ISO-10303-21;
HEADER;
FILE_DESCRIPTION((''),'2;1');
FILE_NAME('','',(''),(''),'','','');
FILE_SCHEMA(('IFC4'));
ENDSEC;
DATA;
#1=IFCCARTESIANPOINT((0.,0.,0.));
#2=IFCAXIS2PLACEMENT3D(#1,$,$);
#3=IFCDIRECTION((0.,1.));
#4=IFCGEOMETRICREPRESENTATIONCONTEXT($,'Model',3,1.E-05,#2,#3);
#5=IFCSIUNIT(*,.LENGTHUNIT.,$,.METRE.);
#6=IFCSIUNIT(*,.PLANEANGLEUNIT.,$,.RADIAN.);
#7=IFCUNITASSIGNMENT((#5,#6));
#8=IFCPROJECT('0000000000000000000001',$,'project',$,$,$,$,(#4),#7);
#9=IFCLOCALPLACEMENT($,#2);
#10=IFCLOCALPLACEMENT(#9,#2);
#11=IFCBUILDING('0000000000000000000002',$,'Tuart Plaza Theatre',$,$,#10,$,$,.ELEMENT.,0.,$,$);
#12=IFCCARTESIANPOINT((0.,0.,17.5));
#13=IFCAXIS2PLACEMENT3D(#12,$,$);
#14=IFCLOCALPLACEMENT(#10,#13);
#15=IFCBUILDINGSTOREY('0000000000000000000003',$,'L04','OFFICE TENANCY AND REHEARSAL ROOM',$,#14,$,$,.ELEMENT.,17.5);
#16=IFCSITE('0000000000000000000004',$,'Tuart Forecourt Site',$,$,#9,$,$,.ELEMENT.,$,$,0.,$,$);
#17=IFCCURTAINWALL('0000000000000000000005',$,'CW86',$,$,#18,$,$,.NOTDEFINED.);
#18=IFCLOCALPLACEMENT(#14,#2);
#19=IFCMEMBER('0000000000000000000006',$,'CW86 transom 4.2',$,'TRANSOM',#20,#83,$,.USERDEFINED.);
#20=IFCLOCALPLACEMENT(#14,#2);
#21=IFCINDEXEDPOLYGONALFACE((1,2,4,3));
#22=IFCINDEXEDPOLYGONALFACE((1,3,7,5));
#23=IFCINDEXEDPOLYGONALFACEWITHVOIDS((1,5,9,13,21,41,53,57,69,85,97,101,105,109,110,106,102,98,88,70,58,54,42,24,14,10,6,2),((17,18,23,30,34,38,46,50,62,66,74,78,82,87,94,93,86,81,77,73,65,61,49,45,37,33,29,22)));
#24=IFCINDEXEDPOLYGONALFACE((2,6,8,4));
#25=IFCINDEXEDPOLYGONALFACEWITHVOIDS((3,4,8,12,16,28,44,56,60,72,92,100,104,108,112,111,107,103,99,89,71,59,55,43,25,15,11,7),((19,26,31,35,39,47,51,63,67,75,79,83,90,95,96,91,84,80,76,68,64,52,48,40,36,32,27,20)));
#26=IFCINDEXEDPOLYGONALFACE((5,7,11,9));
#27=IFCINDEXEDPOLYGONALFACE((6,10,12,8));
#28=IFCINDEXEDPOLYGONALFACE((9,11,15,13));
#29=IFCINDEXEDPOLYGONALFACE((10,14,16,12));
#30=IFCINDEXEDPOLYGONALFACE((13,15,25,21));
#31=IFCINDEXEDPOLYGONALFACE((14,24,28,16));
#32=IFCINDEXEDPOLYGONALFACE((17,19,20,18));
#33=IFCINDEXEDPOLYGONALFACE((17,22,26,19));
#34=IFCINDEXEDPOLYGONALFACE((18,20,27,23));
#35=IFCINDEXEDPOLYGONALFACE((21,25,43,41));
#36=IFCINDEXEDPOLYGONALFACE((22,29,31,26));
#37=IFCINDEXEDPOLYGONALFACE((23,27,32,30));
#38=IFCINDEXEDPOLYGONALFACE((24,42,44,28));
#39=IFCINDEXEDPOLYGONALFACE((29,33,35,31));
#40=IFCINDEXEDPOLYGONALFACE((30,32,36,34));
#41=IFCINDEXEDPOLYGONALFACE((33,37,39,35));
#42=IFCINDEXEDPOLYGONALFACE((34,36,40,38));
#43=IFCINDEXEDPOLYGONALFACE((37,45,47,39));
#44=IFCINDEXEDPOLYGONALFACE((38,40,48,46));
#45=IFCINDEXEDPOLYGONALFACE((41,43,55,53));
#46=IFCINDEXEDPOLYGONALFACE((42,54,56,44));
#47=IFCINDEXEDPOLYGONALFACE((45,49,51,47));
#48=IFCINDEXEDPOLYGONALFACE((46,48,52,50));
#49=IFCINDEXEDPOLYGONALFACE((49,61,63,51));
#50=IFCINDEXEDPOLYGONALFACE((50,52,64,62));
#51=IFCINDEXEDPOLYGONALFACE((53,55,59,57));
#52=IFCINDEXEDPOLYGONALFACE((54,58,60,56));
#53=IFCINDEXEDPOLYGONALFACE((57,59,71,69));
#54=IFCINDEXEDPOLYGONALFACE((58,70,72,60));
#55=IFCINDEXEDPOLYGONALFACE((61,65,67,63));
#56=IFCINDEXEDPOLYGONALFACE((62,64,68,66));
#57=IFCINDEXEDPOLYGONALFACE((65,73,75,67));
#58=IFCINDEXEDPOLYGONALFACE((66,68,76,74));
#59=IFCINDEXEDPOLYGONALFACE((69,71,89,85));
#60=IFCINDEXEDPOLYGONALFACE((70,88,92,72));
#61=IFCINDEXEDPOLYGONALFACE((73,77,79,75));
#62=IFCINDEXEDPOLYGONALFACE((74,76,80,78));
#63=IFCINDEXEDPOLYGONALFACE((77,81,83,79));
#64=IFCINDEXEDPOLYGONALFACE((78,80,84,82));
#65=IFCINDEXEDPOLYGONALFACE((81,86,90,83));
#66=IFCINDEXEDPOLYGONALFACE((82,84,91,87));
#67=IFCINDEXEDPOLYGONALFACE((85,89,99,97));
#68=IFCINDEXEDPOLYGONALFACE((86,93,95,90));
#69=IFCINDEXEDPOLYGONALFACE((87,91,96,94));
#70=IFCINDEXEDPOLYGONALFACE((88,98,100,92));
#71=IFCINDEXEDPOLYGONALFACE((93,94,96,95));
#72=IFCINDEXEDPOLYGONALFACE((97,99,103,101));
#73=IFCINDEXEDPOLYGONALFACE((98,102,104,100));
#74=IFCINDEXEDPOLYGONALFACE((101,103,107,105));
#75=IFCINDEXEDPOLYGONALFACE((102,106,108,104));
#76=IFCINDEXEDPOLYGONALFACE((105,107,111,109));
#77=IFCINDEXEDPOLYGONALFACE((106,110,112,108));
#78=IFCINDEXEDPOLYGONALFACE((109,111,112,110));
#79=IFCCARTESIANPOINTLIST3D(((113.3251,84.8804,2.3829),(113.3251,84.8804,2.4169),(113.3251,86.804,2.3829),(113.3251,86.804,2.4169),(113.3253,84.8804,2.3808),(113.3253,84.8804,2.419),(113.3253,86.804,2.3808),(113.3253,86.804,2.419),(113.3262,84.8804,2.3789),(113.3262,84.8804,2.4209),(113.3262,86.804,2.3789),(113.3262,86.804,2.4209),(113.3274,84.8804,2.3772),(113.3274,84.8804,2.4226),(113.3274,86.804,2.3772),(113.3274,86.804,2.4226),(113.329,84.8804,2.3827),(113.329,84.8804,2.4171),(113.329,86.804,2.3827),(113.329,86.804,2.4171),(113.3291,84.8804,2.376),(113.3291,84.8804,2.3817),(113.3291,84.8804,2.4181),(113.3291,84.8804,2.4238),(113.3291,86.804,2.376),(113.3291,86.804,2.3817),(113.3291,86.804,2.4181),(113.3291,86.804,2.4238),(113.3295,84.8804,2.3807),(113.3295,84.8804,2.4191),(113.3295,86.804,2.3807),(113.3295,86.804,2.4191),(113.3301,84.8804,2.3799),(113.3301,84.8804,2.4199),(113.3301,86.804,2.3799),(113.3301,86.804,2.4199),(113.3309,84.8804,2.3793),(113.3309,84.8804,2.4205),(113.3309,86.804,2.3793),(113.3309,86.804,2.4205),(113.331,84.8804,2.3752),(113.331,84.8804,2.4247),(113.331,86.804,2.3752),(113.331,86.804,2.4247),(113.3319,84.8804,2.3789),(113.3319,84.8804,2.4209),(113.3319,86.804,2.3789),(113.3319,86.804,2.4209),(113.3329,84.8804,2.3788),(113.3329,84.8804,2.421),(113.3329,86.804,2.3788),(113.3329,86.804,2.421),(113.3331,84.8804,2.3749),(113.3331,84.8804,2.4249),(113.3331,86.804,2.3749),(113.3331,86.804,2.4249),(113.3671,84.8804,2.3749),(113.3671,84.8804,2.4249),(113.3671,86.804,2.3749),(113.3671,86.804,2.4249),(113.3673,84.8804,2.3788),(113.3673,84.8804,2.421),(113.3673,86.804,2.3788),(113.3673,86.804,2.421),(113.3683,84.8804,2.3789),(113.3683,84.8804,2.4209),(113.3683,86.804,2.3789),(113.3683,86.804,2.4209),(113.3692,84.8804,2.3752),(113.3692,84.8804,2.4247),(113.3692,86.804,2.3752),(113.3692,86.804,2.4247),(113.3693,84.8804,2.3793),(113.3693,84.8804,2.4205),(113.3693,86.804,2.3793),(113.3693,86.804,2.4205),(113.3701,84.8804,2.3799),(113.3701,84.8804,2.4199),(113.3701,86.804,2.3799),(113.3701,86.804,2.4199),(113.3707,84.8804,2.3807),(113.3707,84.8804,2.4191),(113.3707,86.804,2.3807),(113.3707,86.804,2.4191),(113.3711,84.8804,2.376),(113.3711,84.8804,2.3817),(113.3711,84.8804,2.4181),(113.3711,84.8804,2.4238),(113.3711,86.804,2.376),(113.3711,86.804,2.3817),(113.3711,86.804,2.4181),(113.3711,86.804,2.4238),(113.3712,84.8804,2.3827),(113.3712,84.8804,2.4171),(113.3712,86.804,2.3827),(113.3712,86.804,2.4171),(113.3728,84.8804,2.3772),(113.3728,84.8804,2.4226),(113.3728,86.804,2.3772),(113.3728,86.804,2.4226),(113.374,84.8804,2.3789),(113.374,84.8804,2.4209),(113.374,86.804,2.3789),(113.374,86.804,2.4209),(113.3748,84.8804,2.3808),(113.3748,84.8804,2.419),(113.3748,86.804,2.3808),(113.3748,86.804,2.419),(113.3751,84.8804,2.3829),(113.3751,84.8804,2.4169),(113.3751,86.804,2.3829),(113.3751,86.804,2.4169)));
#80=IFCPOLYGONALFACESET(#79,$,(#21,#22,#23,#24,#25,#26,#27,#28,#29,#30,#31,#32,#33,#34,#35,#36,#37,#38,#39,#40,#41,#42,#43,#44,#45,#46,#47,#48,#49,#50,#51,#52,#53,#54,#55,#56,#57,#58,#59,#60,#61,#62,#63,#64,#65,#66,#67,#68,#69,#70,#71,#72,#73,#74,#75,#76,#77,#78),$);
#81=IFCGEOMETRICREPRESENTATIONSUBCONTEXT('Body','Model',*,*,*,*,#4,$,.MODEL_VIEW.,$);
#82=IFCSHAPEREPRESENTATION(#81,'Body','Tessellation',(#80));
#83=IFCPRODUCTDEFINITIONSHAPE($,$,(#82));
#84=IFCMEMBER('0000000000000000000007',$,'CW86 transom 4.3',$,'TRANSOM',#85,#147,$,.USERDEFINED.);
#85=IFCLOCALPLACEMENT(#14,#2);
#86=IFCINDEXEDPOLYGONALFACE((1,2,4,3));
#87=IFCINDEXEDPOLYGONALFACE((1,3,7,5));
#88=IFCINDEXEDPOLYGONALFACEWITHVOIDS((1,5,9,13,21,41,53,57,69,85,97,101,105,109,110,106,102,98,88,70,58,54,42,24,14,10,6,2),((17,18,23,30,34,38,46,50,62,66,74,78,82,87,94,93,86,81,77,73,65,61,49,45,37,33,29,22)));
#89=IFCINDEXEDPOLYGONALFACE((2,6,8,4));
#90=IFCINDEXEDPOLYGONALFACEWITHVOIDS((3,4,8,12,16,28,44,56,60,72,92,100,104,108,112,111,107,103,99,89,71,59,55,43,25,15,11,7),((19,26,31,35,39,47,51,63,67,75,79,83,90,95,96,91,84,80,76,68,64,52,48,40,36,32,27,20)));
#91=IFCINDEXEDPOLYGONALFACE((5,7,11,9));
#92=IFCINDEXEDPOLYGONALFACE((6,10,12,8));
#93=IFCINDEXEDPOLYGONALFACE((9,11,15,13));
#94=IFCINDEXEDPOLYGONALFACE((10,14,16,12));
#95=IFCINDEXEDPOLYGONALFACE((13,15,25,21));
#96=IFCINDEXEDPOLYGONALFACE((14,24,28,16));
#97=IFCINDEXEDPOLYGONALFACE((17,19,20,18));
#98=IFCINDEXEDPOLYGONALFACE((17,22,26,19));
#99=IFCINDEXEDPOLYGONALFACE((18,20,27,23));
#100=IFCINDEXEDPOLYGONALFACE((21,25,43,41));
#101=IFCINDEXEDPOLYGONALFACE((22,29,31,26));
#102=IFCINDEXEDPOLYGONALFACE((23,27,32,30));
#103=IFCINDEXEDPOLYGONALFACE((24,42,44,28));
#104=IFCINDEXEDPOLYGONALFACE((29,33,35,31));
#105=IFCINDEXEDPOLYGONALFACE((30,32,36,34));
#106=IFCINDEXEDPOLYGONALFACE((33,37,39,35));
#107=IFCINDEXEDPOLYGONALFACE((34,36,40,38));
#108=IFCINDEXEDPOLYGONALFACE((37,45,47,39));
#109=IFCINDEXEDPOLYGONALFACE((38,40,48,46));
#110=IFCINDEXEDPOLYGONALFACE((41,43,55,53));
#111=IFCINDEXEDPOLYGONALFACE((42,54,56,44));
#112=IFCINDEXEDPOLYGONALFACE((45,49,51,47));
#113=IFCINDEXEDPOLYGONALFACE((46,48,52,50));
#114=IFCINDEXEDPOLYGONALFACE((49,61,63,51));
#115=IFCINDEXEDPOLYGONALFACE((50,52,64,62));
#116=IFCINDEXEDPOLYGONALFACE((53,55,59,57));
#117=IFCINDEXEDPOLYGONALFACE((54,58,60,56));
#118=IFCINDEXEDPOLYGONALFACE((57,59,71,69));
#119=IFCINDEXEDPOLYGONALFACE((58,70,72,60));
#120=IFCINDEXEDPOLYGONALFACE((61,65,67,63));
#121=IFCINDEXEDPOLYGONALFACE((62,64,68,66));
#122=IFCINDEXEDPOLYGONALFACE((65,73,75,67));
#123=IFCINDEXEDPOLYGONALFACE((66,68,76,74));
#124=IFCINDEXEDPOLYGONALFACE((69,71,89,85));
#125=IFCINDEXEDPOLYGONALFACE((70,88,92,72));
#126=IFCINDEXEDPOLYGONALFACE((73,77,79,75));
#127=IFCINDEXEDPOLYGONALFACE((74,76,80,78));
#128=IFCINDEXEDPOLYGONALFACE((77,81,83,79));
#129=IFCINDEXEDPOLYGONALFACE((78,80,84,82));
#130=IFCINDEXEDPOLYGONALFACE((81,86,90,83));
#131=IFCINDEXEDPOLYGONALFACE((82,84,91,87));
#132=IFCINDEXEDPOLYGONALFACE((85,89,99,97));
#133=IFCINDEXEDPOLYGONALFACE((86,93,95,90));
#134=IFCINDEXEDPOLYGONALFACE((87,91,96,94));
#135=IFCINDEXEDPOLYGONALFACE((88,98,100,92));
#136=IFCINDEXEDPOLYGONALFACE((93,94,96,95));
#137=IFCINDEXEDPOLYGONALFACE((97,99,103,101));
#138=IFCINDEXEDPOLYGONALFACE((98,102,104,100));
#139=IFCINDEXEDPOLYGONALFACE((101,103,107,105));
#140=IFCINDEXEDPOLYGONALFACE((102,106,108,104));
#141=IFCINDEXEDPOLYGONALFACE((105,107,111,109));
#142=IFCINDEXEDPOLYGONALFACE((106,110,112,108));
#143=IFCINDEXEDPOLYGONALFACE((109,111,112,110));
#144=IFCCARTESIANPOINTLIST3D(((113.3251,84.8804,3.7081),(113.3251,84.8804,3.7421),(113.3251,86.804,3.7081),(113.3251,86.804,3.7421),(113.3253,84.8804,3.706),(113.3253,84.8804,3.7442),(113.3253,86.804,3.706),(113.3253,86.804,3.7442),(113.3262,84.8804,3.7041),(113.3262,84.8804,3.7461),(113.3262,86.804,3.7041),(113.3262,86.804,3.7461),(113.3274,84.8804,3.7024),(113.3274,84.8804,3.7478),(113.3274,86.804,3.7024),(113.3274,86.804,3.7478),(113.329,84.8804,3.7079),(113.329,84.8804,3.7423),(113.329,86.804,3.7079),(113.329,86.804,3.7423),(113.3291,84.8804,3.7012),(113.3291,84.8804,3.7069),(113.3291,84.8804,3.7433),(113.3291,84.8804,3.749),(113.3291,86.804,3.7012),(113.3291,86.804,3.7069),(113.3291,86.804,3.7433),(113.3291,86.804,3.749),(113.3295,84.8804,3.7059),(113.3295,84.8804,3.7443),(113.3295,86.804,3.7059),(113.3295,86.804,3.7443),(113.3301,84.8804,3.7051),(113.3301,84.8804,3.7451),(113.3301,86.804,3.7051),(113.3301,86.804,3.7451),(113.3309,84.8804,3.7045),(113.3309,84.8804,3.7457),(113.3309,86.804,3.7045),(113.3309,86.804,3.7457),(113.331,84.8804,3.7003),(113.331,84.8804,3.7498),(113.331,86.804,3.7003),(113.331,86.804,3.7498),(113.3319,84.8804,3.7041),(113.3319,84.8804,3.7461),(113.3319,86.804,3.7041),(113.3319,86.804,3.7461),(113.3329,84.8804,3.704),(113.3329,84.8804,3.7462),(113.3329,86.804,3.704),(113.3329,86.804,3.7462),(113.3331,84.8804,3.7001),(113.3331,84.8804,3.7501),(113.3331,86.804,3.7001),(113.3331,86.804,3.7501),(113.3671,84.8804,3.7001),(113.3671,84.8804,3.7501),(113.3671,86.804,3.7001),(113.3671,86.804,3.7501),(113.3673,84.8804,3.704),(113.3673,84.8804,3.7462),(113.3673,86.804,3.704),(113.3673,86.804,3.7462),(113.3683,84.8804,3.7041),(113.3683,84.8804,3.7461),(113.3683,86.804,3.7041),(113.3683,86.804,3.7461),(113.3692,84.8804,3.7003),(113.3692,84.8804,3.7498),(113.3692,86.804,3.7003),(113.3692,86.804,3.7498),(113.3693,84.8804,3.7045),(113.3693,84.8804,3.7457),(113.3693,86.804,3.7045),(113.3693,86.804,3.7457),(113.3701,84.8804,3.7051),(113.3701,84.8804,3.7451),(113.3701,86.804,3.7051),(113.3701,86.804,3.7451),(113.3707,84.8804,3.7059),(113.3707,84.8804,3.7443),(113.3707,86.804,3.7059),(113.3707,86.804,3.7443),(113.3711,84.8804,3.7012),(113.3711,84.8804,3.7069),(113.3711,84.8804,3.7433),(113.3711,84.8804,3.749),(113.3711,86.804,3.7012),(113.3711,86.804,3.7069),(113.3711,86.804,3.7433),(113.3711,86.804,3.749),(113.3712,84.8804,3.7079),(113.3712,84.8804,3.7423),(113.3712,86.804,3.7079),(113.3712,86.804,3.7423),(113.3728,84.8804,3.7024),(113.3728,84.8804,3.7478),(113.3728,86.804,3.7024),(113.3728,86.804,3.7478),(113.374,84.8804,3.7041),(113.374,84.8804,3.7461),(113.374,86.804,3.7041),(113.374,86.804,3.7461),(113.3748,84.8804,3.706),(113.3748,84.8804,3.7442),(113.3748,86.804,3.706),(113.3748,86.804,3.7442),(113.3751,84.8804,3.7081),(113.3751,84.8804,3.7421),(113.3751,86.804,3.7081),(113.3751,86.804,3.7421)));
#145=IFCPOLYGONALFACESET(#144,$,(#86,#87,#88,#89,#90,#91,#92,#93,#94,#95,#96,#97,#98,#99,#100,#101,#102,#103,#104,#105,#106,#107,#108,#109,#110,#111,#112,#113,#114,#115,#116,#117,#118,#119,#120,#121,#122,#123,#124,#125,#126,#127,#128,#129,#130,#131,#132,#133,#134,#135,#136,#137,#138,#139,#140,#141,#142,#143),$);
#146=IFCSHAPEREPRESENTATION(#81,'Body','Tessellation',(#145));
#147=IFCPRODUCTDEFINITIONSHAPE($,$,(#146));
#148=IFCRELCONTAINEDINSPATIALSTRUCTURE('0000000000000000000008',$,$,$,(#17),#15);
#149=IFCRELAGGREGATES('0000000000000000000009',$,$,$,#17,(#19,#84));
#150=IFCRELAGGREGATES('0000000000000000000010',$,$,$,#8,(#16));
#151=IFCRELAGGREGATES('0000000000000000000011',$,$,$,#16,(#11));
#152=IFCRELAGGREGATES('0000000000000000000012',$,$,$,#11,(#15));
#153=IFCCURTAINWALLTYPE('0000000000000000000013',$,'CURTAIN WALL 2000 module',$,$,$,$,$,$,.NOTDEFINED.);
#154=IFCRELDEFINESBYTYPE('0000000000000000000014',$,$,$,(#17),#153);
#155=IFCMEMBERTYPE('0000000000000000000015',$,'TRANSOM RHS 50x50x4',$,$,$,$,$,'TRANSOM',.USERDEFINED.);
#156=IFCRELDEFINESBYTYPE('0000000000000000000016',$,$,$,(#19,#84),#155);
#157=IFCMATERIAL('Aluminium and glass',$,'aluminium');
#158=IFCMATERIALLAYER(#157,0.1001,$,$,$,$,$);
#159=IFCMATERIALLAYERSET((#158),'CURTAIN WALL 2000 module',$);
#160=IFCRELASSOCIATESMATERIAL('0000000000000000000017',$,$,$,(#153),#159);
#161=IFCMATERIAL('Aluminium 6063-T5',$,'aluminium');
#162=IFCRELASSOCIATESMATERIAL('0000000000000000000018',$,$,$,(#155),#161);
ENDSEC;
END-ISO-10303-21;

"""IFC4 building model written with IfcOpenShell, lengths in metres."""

from ifc_helpers import new_model, si_unit, direction, frame, origin, origin_2d, place, context, subcontext, project, spatial, hollow_rectangle, extrude, material, layer, layer_set, material_profile, profile_set, type_object, element, aggregate, save


model = new_model("IFC4")

# Units and contexts
model_context = context("Model", 3, precision=1e-05, world=origin(), true_north=direction((0.0, 1.0)))
body_context = subcontext(model_context, "Body", "Model", "MODEL_VIEW")
ifc_project = project(units=[si_unit("LENGTHUNIT", "METRE"), si_unit("PLANEANGLEUNIT", "RADIAN")], contexts=[model_context])

# Site, building, storey
site_placement = place(None, origin())
site = spatial("IfcSite", under=ifc_project, at=site_placement, Name="Tuart Forecourt Site", CompositionType="ELEMENT", RefElevation=0.0)
building_placement = place(site_placement, origin())
building = spatial("IfcBuilding", under=site, at=building_placement, Name="Tuart Plaza Theatre", CompositionType="ELEMENT", ElevationOfRefHeight=0.0)
storey_placement = place(building_placement, frame((0.0, 0.0, 17.5)))
storey = spatial("IfcBuildingStorey", under=building, at=storey_placement, Name="L04", Description="OFFICE TENANCY AND REHEARSAL ROOM", CompositionType="ELEMENT", Elevation=17.5)

# Curtain wall, members
ifc_material_1 = material(Name="Aluminium and glass", Category="aluminium")
ifc_layer_1 = layer(ifc_material_1, 0.1001)
ifc_layer_set_1 = layer_set([ifc_layer_1], Name="CURTAIN WALL 2000 module")
curtain_wall_type = type_object("IfcCurtainWallType", Name="CURTAIN WALL 2000 module", PredefinedType="NOTDEFINED", material=ifc_layer_set_1)
curtain_wall_placement = place(storey_placement, origin())
curtain_wall = element("IfcCurtainWall", 1, at=curtain_wall_placement, inside=storey, type_object=curtain_wall_type, Name="CW86", PredefinedType="NOTDEFINED")
ifc_material_2 = material(Name="Aluminium 6063-T5", Category="aluminium")
ifc_material_profile_1 = material_profile(ifc_material_2, hollow_rectangle(XDim=0.05, YDim=0.05, WallThickness=0.0039, InnerFilletRadius=0.0039, OuterFilletRadius=0.0081, at=origin_2d()), Name="RHS 50x50x4")
ifc_profile_set_1 = profile_set([ifc_material_profile_1], Name="Aluminium 6063-T5")
member_type_1 = type_object("IfcMemberType", Name="TRANSOM RHS 50x50x4", ElementType="TRANSOM", PredefinedType="USERDEFINED", material=ifc_profile_set_1)
member_1_placement = place(storey_placement, frame((113.3501, 86.804, 2.3999), z_axis=(0.0, -1.0, 0.0), x_axis=(1.0, 0.0, 0.0)))
member_1 = element("IfcMember", 2, at=member_1_placement, type_object=member_type_1, Name="CW86 transom 4.2", ObjectType="TRANSOM", PredefinedType="USERDEFINED", context=body_context, shape_type="SweptSolid", body=[
    extrude(hollow_rectangle(XDim=0.05, YDim=0.05, WallThickness=0.0039, InnerFilletRadius=0.0039, OuterFilletRadius=0.0081, at=origin_2d()), origin(), (0.0, 0.0, 1.0), 1.9236),
])
member_2_placement = place(storey_placement, frame((113.3501, 86.804, 3.7251), z_axis=(0.0, -1.0, 0.0), x_axis=(1.0, 0.0, 0.0)))
member_2 = element("IfcMember", 3, at=member_2_placement, type_object=member_type_1, Name="CW86 transom 4.3", ObjectType="TRANSOM", PredefinedType="USERDEFINED", context=body_context, shape_type="SweptSolid", body=[
    extrude(hollow_rectangle(XDim=0.05, YDim=0.05, WallThickness=0.0039, InnerFilletRadius=0.0039, OuterFilletRadius=0.0081, at=origin_2d()), origin(), (0.0, 0.0, 1.0), 1.9236),
])
aggregate(curtain_wall, [member_1, member_2])

save(model, "model.ifc")
